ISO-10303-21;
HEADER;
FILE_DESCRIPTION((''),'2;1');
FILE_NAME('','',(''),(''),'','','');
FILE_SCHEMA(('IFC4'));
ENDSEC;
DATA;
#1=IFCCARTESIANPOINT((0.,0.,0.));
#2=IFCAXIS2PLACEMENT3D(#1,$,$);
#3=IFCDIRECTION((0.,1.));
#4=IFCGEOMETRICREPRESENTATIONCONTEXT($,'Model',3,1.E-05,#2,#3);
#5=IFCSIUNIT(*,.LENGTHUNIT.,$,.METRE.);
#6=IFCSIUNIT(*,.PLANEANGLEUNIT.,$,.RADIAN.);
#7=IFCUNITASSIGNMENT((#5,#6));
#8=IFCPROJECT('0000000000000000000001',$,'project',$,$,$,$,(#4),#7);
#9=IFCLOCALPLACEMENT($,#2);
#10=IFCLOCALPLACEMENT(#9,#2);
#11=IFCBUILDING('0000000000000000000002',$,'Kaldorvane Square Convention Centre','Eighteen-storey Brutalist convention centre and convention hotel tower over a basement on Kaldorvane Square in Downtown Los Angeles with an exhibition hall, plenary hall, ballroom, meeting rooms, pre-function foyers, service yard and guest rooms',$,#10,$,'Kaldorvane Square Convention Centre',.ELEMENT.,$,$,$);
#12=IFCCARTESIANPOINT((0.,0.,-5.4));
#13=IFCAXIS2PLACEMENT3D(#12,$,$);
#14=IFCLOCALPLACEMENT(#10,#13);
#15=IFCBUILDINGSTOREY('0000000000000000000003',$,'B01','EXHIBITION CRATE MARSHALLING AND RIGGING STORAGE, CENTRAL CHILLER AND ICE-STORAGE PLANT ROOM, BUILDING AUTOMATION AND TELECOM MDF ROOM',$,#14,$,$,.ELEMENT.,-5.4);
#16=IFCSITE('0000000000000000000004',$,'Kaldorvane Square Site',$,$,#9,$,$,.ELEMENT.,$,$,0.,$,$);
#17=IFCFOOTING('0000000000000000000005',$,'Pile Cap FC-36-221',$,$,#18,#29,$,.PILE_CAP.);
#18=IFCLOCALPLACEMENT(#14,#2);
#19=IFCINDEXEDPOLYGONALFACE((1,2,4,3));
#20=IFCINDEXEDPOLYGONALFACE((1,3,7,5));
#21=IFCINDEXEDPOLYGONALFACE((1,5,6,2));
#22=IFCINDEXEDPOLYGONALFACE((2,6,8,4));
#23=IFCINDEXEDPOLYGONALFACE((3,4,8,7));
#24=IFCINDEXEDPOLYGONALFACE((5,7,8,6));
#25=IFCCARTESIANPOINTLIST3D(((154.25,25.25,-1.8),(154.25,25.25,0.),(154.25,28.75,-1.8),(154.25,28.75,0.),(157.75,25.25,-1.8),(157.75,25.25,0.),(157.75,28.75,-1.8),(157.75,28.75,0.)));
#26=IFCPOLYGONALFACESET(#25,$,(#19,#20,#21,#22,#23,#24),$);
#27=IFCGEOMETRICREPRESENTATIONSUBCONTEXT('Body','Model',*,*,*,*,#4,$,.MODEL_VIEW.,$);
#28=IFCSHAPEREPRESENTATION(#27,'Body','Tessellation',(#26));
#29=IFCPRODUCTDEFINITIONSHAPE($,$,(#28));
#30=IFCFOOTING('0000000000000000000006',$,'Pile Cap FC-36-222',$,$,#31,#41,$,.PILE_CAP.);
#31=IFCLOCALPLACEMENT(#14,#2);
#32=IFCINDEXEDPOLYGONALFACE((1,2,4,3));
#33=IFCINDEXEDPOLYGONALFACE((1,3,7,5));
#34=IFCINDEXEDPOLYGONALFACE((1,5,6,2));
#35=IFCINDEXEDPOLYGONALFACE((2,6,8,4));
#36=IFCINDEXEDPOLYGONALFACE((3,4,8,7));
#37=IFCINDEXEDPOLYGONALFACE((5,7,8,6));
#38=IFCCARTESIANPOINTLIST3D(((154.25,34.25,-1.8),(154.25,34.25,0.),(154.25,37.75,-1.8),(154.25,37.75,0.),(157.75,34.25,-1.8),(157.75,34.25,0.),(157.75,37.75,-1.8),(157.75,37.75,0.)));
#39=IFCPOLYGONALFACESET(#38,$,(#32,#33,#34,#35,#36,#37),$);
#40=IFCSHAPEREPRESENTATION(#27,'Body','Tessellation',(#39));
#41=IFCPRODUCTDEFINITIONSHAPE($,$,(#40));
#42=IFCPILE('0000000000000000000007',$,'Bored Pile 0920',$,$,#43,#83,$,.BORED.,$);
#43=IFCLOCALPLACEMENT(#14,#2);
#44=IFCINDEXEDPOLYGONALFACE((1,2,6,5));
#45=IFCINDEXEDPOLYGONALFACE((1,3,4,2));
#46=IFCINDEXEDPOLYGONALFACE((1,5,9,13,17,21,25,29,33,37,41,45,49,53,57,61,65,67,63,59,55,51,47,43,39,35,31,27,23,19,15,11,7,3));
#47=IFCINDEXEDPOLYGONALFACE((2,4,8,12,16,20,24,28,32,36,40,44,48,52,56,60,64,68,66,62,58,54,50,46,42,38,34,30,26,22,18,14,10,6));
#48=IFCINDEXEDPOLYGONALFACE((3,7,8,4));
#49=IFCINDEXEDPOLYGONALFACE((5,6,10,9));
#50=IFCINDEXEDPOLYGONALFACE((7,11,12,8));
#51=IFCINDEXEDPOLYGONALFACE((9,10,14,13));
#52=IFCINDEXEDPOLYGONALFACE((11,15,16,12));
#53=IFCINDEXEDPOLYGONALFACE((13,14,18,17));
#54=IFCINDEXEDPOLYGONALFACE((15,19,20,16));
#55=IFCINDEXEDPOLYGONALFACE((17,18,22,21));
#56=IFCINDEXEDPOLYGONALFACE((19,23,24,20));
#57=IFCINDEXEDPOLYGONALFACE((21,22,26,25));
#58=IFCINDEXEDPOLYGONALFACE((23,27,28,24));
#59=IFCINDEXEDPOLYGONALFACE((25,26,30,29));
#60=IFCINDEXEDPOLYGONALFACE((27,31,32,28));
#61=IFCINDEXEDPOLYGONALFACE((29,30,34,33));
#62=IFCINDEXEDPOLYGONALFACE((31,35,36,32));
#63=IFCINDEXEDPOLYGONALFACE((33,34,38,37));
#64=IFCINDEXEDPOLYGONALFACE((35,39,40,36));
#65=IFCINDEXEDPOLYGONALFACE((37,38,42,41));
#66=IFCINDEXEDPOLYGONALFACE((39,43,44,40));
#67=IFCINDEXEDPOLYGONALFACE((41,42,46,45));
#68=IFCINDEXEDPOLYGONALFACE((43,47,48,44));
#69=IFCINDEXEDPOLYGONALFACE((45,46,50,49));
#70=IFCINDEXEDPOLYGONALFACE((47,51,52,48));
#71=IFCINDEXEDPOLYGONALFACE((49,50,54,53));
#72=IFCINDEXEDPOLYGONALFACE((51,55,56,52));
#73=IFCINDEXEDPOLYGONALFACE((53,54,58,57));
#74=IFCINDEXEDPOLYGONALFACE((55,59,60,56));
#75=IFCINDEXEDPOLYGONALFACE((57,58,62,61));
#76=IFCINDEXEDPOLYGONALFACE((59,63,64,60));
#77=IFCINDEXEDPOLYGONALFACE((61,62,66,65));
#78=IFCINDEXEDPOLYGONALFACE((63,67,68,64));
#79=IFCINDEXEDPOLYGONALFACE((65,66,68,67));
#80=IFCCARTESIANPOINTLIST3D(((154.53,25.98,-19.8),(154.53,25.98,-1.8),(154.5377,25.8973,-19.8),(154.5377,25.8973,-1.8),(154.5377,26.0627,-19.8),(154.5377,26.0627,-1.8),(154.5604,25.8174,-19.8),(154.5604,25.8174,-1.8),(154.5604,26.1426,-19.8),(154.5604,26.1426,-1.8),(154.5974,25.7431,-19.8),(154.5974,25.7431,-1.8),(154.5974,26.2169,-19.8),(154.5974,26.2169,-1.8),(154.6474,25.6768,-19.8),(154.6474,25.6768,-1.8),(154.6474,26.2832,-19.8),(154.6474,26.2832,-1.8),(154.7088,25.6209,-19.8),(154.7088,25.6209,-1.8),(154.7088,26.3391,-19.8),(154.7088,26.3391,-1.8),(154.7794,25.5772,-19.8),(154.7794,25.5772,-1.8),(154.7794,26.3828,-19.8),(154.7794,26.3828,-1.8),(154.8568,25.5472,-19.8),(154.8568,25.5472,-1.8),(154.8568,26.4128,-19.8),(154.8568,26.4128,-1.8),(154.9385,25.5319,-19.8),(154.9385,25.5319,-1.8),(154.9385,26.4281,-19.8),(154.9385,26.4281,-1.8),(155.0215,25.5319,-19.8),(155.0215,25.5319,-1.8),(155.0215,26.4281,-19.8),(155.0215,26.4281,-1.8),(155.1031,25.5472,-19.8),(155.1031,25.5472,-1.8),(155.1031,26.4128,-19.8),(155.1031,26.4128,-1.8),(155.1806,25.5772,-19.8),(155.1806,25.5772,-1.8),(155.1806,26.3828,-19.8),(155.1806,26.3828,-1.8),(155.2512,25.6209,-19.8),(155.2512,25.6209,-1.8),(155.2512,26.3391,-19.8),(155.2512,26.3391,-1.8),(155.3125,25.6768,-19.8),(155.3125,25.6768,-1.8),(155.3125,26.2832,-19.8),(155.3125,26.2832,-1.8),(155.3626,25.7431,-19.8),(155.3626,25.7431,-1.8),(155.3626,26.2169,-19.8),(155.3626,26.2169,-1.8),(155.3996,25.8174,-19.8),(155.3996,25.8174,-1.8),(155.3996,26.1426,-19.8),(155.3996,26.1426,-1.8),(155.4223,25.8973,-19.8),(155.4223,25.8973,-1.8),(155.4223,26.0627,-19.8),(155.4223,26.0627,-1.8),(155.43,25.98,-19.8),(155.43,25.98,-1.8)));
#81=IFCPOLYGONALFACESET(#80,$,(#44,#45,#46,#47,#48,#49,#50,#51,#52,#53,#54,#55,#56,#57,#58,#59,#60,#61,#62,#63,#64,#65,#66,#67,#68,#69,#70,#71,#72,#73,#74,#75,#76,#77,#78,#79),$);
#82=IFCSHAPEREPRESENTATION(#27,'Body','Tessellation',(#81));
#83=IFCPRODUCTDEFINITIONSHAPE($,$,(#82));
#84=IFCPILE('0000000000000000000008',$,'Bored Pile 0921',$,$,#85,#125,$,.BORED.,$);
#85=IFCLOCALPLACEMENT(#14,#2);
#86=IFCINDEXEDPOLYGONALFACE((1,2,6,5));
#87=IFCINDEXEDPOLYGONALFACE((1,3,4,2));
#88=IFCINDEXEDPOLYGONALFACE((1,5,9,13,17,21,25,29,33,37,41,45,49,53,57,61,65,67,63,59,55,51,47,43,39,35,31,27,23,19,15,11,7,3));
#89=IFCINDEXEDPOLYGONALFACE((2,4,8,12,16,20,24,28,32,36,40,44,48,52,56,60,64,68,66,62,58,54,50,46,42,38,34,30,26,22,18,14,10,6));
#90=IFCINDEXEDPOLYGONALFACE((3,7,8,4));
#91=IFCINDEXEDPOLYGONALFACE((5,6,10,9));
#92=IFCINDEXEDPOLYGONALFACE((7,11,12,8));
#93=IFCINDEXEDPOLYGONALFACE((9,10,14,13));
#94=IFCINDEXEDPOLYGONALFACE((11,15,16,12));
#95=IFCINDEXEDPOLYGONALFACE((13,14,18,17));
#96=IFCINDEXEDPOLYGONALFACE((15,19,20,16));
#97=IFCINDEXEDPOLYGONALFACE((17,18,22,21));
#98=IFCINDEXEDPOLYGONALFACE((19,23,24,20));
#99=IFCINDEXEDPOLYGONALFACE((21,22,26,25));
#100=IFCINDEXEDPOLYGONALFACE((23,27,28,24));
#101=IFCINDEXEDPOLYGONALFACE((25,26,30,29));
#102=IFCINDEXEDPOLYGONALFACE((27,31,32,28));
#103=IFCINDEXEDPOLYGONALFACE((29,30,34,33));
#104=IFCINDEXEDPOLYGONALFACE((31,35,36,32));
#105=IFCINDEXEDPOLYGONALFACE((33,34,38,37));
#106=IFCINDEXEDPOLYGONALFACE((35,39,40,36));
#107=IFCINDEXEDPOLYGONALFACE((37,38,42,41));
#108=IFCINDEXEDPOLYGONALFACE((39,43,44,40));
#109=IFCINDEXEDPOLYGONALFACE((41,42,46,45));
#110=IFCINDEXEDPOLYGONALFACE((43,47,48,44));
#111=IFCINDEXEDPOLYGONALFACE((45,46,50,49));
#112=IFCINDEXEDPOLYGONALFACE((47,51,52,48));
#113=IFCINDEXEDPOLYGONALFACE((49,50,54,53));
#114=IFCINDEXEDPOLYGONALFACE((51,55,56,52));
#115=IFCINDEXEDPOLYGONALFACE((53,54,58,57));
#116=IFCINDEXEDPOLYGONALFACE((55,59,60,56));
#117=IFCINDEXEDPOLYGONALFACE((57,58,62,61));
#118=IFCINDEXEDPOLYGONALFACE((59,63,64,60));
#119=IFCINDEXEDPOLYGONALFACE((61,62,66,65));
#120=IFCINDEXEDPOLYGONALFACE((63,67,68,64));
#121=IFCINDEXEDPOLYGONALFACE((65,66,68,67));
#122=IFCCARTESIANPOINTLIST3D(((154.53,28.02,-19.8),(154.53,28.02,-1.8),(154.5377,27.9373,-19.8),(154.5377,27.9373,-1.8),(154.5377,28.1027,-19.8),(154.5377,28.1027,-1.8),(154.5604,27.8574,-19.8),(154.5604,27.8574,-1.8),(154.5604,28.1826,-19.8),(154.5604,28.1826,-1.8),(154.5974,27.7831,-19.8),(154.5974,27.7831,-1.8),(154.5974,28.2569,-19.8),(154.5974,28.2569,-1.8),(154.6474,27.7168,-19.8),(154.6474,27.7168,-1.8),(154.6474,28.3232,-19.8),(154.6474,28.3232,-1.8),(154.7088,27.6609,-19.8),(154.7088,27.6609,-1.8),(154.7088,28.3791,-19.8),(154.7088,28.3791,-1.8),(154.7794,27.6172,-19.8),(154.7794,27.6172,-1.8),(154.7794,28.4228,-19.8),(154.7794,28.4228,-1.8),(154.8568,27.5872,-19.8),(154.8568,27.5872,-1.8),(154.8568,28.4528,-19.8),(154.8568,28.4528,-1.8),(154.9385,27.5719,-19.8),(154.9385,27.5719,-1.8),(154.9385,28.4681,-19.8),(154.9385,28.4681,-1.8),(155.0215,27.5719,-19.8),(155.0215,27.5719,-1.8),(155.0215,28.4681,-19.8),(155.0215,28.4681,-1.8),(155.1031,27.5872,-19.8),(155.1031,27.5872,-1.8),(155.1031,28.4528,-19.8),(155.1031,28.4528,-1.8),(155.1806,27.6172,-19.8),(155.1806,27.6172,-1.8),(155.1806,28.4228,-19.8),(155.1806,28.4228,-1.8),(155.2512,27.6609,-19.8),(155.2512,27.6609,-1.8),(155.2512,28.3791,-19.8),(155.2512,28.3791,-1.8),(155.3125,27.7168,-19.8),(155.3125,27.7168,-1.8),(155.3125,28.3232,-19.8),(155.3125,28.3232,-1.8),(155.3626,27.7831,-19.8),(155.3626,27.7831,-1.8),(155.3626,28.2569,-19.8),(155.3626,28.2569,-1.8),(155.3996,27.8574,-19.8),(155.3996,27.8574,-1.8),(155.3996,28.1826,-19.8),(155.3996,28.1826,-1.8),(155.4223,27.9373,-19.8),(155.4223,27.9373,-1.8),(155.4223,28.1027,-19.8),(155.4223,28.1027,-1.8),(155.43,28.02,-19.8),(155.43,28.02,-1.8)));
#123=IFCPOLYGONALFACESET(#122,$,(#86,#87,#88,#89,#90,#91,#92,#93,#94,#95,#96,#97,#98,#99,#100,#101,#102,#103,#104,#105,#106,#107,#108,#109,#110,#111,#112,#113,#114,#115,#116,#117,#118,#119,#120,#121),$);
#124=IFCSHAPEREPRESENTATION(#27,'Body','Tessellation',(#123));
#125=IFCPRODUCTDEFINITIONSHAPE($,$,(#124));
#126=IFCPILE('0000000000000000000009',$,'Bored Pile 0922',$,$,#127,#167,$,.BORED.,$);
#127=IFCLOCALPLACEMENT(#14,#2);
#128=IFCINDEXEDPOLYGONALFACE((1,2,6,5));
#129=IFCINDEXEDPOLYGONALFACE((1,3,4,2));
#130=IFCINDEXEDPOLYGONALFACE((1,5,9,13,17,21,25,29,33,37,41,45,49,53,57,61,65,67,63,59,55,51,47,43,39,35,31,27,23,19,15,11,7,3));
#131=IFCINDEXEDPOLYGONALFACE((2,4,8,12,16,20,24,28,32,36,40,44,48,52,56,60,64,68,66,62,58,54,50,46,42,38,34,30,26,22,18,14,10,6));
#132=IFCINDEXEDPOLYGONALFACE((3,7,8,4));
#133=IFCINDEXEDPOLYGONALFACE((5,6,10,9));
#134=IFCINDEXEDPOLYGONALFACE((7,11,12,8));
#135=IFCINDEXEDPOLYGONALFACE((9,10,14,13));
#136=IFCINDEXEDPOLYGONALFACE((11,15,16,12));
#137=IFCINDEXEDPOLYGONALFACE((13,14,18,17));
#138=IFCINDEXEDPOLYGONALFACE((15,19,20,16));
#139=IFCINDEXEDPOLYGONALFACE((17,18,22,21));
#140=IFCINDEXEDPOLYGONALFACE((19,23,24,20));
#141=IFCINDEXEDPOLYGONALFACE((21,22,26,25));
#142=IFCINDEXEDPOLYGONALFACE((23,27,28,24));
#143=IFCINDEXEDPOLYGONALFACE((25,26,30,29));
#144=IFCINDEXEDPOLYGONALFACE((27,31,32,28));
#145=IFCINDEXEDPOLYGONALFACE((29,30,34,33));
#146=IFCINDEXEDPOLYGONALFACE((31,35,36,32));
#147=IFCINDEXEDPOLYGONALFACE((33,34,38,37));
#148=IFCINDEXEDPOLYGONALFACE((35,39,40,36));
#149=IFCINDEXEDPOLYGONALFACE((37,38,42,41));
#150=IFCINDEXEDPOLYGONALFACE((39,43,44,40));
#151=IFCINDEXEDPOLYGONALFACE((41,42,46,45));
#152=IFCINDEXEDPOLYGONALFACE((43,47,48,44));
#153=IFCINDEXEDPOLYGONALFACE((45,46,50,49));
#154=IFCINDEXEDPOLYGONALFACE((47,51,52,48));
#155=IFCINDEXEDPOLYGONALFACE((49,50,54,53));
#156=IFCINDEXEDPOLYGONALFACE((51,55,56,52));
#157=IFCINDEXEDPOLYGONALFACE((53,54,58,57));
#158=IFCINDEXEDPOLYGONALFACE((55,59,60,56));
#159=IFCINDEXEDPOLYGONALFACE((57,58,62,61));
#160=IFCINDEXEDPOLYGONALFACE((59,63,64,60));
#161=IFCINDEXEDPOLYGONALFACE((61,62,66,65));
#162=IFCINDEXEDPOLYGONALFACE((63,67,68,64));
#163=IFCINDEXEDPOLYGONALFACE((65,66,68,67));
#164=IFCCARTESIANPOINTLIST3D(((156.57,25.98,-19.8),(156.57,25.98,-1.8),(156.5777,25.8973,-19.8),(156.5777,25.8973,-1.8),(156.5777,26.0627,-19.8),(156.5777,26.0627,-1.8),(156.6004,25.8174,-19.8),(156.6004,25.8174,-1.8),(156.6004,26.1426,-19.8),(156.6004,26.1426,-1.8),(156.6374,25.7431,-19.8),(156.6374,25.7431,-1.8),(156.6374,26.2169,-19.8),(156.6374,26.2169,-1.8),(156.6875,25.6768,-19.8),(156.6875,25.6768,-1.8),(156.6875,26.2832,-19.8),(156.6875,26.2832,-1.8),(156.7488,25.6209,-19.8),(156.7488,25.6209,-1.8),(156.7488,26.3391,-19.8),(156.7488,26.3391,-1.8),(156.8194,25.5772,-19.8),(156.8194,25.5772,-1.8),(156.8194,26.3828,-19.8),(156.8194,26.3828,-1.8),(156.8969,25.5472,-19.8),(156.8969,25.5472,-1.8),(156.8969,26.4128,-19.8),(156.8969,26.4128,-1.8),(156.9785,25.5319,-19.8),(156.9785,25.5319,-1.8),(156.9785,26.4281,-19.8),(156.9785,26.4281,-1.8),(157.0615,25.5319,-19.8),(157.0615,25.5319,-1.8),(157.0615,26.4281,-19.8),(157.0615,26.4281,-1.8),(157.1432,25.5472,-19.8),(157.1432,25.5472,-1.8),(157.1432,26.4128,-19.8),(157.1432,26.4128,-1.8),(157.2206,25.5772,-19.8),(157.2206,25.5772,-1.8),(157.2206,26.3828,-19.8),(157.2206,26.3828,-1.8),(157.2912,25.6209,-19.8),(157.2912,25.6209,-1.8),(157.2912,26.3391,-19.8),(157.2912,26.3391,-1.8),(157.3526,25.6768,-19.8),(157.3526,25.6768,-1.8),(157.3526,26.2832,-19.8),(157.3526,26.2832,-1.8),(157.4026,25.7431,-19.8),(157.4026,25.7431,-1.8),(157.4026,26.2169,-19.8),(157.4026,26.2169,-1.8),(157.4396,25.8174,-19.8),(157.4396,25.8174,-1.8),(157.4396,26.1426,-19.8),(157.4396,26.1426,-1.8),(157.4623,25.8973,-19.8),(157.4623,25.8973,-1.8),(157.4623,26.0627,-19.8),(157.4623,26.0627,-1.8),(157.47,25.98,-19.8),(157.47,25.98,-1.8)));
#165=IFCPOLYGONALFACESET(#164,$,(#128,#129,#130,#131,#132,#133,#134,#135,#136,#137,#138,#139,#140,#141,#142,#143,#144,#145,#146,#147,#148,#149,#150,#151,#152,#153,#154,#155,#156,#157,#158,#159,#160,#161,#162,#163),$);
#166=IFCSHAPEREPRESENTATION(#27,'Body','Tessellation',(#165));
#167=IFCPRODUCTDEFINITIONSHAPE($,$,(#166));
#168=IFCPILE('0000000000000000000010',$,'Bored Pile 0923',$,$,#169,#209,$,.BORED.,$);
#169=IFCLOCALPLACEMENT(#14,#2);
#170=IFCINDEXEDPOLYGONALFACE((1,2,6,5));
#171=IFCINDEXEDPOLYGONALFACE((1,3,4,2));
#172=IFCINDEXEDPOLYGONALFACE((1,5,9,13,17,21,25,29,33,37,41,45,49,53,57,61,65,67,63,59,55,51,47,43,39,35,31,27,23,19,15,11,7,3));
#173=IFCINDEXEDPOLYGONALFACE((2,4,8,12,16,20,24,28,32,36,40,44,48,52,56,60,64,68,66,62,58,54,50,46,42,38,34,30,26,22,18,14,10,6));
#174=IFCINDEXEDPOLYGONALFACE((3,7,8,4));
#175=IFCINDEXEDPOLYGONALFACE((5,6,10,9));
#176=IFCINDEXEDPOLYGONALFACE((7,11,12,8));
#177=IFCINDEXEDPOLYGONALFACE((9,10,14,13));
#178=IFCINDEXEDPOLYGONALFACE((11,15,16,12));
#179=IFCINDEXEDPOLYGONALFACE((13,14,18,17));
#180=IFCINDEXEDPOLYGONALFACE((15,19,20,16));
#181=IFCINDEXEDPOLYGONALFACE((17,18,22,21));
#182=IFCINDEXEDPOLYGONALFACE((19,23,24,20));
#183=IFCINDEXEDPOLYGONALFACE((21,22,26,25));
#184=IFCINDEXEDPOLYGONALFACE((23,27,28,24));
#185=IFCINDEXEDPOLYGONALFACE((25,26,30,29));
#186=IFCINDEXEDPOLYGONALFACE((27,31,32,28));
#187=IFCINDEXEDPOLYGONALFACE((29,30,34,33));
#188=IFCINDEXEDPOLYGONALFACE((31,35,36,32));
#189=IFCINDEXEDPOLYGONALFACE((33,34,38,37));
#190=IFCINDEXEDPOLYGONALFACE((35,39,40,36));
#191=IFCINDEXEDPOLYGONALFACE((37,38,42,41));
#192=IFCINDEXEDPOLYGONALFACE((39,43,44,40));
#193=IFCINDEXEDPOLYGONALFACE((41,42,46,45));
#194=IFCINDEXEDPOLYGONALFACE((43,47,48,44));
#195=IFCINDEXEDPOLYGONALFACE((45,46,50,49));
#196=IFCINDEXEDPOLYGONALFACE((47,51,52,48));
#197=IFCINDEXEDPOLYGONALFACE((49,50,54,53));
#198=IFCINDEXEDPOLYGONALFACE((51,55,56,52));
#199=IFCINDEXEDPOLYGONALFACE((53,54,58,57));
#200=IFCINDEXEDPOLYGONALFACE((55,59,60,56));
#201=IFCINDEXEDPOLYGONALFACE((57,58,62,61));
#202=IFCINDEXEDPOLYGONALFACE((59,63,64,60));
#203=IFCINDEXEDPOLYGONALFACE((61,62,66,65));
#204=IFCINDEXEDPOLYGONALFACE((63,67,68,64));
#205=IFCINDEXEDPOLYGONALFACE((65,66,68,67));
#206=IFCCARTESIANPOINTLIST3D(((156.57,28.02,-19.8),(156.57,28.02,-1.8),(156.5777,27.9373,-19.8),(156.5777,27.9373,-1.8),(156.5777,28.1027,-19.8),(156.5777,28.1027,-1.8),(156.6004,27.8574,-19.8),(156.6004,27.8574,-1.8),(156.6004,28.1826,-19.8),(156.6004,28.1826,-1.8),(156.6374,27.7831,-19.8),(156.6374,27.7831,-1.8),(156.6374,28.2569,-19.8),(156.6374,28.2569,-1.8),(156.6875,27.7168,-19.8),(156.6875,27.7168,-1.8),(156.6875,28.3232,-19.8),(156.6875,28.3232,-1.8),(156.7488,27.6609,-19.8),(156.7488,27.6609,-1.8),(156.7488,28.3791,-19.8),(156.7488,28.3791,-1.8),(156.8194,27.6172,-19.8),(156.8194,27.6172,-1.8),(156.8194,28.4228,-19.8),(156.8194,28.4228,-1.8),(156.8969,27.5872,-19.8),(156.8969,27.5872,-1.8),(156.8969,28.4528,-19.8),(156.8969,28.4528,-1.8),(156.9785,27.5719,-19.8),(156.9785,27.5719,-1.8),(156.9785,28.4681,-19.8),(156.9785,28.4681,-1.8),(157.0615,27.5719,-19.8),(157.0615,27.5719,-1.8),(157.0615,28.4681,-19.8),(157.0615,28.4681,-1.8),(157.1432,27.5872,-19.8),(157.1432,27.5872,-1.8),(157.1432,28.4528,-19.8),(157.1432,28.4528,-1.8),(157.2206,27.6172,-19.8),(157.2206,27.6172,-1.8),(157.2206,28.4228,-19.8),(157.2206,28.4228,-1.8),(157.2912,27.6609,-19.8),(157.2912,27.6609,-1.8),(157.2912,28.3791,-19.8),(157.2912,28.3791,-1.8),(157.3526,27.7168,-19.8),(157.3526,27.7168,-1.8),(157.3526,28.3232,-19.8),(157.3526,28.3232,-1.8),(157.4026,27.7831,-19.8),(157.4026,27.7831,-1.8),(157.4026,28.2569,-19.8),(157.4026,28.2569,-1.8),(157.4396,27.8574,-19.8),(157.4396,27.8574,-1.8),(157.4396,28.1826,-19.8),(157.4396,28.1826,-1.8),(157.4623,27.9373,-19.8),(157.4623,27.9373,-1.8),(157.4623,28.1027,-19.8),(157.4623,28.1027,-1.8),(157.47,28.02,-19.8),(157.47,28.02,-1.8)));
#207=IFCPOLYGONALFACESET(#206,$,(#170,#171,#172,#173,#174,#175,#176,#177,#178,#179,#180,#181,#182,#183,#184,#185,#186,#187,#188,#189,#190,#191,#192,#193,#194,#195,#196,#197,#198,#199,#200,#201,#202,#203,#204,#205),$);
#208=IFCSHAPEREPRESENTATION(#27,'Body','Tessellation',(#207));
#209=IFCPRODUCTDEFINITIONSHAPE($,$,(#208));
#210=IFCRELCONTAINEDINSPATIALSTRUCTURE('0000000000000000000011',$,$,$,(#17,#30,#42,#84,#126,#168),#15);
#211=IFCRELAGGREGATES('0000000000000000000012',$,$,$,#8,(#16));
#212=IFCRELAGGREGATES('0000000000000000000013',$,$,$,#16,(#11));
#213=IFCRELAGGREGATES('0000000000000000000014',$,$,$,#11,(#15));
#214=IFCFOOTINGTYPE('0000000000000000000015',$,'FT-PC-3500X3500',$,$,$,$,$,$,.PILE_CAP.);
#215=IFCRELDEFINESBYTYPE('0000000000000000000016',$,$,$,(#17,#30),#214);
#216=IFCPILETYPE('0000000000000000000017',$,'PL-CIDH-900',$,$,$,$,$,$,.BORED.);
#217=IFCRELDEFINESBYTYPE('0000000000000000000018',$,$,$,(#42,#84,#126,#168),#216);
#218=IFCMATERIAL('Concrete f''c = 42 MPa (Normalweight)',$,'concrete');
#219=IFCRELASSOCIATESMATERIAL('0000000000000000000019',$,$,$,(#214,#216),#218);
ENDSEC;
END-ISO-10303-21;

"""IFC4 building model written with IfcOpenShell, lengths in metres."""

from ifc_helpers import new_model, si_unit, direction, frame, origin, origin_2d, place, context, subcontext, project, spatial, rectangle, circle, extrude, material, material_profile, profile_set, type_object, element, save


model = new_model("IFC4")

# Units and contexts
model_context = context("Model", 3, precision=1e-05, world=origin(), true_north=direction((0.0, 1.0)))
body_context = subcontext(model_context, "Body", "Model", "MODEL_VIEW")
ifc_project = project(units=[si_unit("LENGTHUNIT", "METRE"), si_unit("PLANEANGLEUNIT", "RADIAN")], contexts=[model_context])

# Site, building, storey
site_placement = place(None, origin())
site = spatial("IfcSite", under=ifc_project, at=site_placement, Name="Kaldorvane Square Site", CompositionType="ELEMENT", RefElevation=0.0)
building_placement = place(site_placement, origin())
building = spatial("IfcBuilding", under=site, at=building_placement, Name="Kaldorvane Square Convention Centre", Description="Eighteen-storey Brutalist convention centre and convention hotel tower over a basement on Kaldorvane Square in Downtown Los Angeles with an exhibition hall, plenary hall, ballroom, meeting rooms, pre-function foyers, service yard and guest rooms", LongName="Kaldorvane Square Convention Centre", CompositionType="ELEMENT")
storey_placement = place(building_placement, frame((0.0, 0.0, -5.4)))
storey = spatial("IfcBuildingStorey", under=building, at=storey_placement, Name="B01", Description="EXHIBITION CRATE MARSHALLING AND RIGGING STORAGE, CENTRAL CHILLER AND ICE-STORAGE PLANT ROOM, BUILDING AUTOMATION AND TELECOM MDF ROOM", CompositionType="ELEMENT", Elevation=-5.4)

# Footings
ifc_material_1 = material(Name="Concrete f'c = 42 MPa (Normalweight)", Category="concrete")
footing_type = type_object("IfcFootingType", Name="FT-PC-3500X3500", PredefinedType="PILE_CAP", material=ifc_material_1)
for number, where, z_axis, x_axis, name in (
    (1, (156.0, 27.0, -1.8), (0.0, 0.0, 1.0), (1.0, 0.0, 0.0), "Pile Cap FC-36-221"),
    (2, (156.0, 36.0, -1.8), (0.0, 0.0, 1.0), (1.0, 0.0, 0.0), "Pile Cap FC-36-222"),
):
    element("IfcFooting", number, at=place(storey_placement, frame(where, z_axis=z_axis, x_axis=x_axis)), inside=storey, type_object=footing_type, Name=name, PredefinedType="PILE_CAP", context=body_context, shape_type="SweptSolid", body=[
        extrude(rectangle(XDim=3.5, YDim=3.5, at=origin_2d()), origin(), (0.0, 0.0, 1.0), 1.8),
    ])

# Piles
ifc_material_profile_1 = material_profile(ifc_material_1, circle(Radius=0.45, at=origin_2d()), Name="PILE-D900")
ifc_profile_set_1 = profile_set([ifc_material_profile_1], Name="Concrete f'c = 42 MPa (Normalweight)")
pile_type = type_object("IfcPileType", Name="PL-CIDH-900", PredefinedType="BORED", material=ifc_profile_set_1)
for number, where, z_axis, x_axis, name in (
    (3, (154.98, 25.98, -1.8), (0.0, 0.0, -1.0), (1.0, 0.0, 0.0), "Bored Pile 0920"),
    (4, (154.98, 28.02, -1.8), (0.0, 0.0, -1.0), (1.0, 0.0, 0.0), "Bored Pile 0921"),
    (5, (157.02, 25.98, -1.8), (0.0, 0.0, -1.0), (1.0, 0.0, 0.0), "Bored Pile 0922"),
    (6, (157.02, 28.02, -1.8), (0.0, 0.0, -1.0), (1.0, 0.0, 0.0), "Bored Pile 0923"),
):
    element("IfcPile", number, at=place(storey_placement, frame(where, z_axis=z_axis, x_axis=x_axis)), inside=storey, type_object=pile_type, Name=name, PredefinedType="BORED", context=body_context, shape_type="SweptSolid", body=[
        extrude(circle(Radius=0.45, at=origin_2d()), origin(), (0.0, 0.0, 1.0), 18.0),
    ])

save(model, "model.ifc")
